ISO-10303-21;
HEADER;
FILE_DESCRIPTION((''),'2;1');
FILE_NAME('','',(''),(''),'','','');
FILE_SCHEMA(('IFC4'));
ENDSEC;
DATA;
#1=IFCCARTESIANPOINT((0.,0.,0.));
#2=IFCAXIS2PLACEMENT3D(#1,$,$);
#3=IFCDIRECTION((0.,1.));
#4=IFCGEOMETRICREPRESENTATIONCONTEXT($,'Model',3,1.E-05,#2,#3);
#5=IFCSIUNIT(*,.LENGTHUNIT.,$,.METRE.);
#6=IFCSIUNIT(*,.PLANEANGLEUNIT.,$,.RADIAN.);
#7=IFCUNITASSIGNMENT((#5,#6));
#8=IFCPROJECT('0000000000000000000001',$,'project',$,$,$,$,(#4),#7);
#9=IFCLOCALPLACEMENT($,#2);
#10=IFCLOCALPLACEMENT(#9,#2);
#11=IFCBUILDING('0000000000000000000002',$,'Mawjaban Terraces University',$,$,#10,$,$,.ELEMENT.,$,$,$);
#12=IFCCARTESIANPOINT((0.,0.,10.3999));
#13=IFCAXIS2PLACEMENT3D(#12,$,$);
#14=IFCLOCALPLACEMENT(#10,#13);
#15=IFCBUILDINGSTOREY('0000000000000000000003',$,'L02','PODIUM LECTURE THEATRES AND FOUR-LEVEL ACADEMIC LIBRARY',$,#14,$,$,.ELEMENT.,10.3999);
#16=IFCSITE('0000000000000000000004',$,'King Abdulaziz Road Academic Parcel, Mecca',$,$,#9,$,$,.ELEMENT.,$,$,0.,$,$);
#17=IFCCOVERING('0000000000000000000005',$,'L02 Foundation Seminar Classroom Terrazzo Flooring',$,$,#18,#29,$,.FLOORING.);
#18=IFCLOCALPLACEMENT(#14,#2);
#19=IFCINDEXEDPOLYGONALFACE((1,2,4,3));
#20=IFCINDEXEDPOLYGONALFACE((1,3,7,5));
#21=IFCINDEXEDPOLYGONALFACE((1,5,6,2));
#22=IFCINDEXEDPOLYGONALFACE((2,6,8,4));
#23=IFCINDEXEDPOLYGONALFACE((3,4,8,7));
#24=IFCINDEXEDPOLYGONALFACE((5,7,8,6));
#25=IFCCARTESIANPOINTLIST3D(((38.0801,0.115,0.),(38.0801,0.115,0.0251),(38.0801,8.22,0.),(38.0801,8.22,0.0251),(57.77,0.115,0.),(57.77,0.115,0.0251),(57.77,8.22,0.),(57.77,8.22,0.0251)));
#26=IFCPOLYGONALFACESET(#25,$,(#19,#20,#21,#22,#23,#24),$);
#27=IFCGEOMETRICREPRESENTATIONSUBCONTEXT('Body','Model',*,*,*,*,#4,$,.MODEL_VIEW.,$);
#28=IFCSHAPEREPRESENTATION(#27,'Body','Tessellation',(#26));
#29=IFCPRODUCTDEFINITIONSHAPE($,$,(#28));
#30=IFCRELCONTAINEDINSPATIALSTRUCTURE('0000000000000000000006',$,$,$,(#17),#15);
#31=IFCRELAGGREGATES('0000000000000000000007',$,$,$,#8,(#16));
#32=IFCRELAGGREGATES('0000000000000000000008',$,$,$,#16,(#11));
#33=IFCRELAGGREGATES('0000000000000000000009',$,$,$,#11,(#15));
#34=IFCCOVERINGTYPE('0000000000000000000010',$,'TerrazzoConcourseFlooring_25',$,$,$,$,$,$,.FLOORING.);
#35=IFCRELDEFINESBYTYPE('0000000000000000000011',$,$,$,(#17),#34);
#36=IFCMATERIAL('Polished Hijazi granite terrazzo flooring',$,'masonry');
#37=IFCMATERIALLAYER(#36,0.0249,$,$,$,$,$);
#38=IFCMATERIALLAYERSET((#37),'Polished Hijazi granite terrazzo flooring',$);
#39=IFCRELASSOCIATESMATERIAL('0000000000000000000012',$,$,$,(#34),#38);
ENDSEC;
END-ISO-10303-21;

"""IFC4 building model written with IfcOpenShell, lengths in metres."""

from ifc_helpers import new_model, si_unit, direction, frame, origin, place, context, subcontext, project, spatial, polyline, outline, extrude, material, layer, layer_set, type_object, element, save


model = new_model("IFC4")

# Units and contexts
model_context = context("Model", 3, precision=1e-05, world=origin(), true_north=direction((0.0, 1.0)))
body_context = subcontext(model_context, "Body", "Model", "MODEL_VIEW")
ifc_project = project(units=[si_unit("LENGTHUNIT", "METRE"), si_unit("PLANEANGLEUNIT", "RADIAN")], contexts=[model_context])

# Site, building, storey
site_placement = place(None, origin())
site = spatial("IfcSite", under=ifc_project, at=site_placement, Name="King Abdulaziz Road Academic Parcel, Mecca", CompositionType="ELEMENT", RefElevation=0.0)
building_placement = place(site_placement, origin())
building = spatial("IfcBuilding", under=site, at=building_placement, Name="Mawjaban Terraces University", CompositionType="ELEMENT")
storey_placement = place(building_placement, frame((0.0, 0.0, 10.3999)))
storey = spatial("IfcBuildingStorey", under=building, at=storey_placement, Name="L02", Description="PODIUM LECTURE THEATRES AND FOUR-LEVEL ACADEMIC LIBRARY", CompositionType="ELEMENT", Elevation=10.3999)

# Covering
ifc_material_1 = material(Name="Polished Hijazi granite terrazzo flooring", Category="masonry")
ifc_layer_1 = layer(ifc_material_1, 0.0249)
ifc_layer_set_1 = layer_set([ifc_layer_1], Name="Polished Hijazi granite terrazzo flooring")
covering_type_1 = type_object("IfcCoveringType", Name="TerrazzoConcourseFlooring_25", PredefinedType="FLOORING", material=ifc_layer_set_1)
covering_1_placement = place(storey_placement, origin())
element("IfcCovering", 1, at=covering_1_placement, inside=storey, type_object=covering_type_1, Name="L02 Foundation Seminar Classroom Terrazzo Flooring", PredefinedType="FLOORING", context=body_context, shape_type="SweptSolid", body=[
    extrude(outline(polyline([(38.0801, 0.115), (57.77, 0.115), (57.77, 8.22), (38.0801, 8.22), (38.0801, 0.115)])), origin(), (0.0, 0.0, 1.0), 0.0251),
])

save(model, "model.ifc")
